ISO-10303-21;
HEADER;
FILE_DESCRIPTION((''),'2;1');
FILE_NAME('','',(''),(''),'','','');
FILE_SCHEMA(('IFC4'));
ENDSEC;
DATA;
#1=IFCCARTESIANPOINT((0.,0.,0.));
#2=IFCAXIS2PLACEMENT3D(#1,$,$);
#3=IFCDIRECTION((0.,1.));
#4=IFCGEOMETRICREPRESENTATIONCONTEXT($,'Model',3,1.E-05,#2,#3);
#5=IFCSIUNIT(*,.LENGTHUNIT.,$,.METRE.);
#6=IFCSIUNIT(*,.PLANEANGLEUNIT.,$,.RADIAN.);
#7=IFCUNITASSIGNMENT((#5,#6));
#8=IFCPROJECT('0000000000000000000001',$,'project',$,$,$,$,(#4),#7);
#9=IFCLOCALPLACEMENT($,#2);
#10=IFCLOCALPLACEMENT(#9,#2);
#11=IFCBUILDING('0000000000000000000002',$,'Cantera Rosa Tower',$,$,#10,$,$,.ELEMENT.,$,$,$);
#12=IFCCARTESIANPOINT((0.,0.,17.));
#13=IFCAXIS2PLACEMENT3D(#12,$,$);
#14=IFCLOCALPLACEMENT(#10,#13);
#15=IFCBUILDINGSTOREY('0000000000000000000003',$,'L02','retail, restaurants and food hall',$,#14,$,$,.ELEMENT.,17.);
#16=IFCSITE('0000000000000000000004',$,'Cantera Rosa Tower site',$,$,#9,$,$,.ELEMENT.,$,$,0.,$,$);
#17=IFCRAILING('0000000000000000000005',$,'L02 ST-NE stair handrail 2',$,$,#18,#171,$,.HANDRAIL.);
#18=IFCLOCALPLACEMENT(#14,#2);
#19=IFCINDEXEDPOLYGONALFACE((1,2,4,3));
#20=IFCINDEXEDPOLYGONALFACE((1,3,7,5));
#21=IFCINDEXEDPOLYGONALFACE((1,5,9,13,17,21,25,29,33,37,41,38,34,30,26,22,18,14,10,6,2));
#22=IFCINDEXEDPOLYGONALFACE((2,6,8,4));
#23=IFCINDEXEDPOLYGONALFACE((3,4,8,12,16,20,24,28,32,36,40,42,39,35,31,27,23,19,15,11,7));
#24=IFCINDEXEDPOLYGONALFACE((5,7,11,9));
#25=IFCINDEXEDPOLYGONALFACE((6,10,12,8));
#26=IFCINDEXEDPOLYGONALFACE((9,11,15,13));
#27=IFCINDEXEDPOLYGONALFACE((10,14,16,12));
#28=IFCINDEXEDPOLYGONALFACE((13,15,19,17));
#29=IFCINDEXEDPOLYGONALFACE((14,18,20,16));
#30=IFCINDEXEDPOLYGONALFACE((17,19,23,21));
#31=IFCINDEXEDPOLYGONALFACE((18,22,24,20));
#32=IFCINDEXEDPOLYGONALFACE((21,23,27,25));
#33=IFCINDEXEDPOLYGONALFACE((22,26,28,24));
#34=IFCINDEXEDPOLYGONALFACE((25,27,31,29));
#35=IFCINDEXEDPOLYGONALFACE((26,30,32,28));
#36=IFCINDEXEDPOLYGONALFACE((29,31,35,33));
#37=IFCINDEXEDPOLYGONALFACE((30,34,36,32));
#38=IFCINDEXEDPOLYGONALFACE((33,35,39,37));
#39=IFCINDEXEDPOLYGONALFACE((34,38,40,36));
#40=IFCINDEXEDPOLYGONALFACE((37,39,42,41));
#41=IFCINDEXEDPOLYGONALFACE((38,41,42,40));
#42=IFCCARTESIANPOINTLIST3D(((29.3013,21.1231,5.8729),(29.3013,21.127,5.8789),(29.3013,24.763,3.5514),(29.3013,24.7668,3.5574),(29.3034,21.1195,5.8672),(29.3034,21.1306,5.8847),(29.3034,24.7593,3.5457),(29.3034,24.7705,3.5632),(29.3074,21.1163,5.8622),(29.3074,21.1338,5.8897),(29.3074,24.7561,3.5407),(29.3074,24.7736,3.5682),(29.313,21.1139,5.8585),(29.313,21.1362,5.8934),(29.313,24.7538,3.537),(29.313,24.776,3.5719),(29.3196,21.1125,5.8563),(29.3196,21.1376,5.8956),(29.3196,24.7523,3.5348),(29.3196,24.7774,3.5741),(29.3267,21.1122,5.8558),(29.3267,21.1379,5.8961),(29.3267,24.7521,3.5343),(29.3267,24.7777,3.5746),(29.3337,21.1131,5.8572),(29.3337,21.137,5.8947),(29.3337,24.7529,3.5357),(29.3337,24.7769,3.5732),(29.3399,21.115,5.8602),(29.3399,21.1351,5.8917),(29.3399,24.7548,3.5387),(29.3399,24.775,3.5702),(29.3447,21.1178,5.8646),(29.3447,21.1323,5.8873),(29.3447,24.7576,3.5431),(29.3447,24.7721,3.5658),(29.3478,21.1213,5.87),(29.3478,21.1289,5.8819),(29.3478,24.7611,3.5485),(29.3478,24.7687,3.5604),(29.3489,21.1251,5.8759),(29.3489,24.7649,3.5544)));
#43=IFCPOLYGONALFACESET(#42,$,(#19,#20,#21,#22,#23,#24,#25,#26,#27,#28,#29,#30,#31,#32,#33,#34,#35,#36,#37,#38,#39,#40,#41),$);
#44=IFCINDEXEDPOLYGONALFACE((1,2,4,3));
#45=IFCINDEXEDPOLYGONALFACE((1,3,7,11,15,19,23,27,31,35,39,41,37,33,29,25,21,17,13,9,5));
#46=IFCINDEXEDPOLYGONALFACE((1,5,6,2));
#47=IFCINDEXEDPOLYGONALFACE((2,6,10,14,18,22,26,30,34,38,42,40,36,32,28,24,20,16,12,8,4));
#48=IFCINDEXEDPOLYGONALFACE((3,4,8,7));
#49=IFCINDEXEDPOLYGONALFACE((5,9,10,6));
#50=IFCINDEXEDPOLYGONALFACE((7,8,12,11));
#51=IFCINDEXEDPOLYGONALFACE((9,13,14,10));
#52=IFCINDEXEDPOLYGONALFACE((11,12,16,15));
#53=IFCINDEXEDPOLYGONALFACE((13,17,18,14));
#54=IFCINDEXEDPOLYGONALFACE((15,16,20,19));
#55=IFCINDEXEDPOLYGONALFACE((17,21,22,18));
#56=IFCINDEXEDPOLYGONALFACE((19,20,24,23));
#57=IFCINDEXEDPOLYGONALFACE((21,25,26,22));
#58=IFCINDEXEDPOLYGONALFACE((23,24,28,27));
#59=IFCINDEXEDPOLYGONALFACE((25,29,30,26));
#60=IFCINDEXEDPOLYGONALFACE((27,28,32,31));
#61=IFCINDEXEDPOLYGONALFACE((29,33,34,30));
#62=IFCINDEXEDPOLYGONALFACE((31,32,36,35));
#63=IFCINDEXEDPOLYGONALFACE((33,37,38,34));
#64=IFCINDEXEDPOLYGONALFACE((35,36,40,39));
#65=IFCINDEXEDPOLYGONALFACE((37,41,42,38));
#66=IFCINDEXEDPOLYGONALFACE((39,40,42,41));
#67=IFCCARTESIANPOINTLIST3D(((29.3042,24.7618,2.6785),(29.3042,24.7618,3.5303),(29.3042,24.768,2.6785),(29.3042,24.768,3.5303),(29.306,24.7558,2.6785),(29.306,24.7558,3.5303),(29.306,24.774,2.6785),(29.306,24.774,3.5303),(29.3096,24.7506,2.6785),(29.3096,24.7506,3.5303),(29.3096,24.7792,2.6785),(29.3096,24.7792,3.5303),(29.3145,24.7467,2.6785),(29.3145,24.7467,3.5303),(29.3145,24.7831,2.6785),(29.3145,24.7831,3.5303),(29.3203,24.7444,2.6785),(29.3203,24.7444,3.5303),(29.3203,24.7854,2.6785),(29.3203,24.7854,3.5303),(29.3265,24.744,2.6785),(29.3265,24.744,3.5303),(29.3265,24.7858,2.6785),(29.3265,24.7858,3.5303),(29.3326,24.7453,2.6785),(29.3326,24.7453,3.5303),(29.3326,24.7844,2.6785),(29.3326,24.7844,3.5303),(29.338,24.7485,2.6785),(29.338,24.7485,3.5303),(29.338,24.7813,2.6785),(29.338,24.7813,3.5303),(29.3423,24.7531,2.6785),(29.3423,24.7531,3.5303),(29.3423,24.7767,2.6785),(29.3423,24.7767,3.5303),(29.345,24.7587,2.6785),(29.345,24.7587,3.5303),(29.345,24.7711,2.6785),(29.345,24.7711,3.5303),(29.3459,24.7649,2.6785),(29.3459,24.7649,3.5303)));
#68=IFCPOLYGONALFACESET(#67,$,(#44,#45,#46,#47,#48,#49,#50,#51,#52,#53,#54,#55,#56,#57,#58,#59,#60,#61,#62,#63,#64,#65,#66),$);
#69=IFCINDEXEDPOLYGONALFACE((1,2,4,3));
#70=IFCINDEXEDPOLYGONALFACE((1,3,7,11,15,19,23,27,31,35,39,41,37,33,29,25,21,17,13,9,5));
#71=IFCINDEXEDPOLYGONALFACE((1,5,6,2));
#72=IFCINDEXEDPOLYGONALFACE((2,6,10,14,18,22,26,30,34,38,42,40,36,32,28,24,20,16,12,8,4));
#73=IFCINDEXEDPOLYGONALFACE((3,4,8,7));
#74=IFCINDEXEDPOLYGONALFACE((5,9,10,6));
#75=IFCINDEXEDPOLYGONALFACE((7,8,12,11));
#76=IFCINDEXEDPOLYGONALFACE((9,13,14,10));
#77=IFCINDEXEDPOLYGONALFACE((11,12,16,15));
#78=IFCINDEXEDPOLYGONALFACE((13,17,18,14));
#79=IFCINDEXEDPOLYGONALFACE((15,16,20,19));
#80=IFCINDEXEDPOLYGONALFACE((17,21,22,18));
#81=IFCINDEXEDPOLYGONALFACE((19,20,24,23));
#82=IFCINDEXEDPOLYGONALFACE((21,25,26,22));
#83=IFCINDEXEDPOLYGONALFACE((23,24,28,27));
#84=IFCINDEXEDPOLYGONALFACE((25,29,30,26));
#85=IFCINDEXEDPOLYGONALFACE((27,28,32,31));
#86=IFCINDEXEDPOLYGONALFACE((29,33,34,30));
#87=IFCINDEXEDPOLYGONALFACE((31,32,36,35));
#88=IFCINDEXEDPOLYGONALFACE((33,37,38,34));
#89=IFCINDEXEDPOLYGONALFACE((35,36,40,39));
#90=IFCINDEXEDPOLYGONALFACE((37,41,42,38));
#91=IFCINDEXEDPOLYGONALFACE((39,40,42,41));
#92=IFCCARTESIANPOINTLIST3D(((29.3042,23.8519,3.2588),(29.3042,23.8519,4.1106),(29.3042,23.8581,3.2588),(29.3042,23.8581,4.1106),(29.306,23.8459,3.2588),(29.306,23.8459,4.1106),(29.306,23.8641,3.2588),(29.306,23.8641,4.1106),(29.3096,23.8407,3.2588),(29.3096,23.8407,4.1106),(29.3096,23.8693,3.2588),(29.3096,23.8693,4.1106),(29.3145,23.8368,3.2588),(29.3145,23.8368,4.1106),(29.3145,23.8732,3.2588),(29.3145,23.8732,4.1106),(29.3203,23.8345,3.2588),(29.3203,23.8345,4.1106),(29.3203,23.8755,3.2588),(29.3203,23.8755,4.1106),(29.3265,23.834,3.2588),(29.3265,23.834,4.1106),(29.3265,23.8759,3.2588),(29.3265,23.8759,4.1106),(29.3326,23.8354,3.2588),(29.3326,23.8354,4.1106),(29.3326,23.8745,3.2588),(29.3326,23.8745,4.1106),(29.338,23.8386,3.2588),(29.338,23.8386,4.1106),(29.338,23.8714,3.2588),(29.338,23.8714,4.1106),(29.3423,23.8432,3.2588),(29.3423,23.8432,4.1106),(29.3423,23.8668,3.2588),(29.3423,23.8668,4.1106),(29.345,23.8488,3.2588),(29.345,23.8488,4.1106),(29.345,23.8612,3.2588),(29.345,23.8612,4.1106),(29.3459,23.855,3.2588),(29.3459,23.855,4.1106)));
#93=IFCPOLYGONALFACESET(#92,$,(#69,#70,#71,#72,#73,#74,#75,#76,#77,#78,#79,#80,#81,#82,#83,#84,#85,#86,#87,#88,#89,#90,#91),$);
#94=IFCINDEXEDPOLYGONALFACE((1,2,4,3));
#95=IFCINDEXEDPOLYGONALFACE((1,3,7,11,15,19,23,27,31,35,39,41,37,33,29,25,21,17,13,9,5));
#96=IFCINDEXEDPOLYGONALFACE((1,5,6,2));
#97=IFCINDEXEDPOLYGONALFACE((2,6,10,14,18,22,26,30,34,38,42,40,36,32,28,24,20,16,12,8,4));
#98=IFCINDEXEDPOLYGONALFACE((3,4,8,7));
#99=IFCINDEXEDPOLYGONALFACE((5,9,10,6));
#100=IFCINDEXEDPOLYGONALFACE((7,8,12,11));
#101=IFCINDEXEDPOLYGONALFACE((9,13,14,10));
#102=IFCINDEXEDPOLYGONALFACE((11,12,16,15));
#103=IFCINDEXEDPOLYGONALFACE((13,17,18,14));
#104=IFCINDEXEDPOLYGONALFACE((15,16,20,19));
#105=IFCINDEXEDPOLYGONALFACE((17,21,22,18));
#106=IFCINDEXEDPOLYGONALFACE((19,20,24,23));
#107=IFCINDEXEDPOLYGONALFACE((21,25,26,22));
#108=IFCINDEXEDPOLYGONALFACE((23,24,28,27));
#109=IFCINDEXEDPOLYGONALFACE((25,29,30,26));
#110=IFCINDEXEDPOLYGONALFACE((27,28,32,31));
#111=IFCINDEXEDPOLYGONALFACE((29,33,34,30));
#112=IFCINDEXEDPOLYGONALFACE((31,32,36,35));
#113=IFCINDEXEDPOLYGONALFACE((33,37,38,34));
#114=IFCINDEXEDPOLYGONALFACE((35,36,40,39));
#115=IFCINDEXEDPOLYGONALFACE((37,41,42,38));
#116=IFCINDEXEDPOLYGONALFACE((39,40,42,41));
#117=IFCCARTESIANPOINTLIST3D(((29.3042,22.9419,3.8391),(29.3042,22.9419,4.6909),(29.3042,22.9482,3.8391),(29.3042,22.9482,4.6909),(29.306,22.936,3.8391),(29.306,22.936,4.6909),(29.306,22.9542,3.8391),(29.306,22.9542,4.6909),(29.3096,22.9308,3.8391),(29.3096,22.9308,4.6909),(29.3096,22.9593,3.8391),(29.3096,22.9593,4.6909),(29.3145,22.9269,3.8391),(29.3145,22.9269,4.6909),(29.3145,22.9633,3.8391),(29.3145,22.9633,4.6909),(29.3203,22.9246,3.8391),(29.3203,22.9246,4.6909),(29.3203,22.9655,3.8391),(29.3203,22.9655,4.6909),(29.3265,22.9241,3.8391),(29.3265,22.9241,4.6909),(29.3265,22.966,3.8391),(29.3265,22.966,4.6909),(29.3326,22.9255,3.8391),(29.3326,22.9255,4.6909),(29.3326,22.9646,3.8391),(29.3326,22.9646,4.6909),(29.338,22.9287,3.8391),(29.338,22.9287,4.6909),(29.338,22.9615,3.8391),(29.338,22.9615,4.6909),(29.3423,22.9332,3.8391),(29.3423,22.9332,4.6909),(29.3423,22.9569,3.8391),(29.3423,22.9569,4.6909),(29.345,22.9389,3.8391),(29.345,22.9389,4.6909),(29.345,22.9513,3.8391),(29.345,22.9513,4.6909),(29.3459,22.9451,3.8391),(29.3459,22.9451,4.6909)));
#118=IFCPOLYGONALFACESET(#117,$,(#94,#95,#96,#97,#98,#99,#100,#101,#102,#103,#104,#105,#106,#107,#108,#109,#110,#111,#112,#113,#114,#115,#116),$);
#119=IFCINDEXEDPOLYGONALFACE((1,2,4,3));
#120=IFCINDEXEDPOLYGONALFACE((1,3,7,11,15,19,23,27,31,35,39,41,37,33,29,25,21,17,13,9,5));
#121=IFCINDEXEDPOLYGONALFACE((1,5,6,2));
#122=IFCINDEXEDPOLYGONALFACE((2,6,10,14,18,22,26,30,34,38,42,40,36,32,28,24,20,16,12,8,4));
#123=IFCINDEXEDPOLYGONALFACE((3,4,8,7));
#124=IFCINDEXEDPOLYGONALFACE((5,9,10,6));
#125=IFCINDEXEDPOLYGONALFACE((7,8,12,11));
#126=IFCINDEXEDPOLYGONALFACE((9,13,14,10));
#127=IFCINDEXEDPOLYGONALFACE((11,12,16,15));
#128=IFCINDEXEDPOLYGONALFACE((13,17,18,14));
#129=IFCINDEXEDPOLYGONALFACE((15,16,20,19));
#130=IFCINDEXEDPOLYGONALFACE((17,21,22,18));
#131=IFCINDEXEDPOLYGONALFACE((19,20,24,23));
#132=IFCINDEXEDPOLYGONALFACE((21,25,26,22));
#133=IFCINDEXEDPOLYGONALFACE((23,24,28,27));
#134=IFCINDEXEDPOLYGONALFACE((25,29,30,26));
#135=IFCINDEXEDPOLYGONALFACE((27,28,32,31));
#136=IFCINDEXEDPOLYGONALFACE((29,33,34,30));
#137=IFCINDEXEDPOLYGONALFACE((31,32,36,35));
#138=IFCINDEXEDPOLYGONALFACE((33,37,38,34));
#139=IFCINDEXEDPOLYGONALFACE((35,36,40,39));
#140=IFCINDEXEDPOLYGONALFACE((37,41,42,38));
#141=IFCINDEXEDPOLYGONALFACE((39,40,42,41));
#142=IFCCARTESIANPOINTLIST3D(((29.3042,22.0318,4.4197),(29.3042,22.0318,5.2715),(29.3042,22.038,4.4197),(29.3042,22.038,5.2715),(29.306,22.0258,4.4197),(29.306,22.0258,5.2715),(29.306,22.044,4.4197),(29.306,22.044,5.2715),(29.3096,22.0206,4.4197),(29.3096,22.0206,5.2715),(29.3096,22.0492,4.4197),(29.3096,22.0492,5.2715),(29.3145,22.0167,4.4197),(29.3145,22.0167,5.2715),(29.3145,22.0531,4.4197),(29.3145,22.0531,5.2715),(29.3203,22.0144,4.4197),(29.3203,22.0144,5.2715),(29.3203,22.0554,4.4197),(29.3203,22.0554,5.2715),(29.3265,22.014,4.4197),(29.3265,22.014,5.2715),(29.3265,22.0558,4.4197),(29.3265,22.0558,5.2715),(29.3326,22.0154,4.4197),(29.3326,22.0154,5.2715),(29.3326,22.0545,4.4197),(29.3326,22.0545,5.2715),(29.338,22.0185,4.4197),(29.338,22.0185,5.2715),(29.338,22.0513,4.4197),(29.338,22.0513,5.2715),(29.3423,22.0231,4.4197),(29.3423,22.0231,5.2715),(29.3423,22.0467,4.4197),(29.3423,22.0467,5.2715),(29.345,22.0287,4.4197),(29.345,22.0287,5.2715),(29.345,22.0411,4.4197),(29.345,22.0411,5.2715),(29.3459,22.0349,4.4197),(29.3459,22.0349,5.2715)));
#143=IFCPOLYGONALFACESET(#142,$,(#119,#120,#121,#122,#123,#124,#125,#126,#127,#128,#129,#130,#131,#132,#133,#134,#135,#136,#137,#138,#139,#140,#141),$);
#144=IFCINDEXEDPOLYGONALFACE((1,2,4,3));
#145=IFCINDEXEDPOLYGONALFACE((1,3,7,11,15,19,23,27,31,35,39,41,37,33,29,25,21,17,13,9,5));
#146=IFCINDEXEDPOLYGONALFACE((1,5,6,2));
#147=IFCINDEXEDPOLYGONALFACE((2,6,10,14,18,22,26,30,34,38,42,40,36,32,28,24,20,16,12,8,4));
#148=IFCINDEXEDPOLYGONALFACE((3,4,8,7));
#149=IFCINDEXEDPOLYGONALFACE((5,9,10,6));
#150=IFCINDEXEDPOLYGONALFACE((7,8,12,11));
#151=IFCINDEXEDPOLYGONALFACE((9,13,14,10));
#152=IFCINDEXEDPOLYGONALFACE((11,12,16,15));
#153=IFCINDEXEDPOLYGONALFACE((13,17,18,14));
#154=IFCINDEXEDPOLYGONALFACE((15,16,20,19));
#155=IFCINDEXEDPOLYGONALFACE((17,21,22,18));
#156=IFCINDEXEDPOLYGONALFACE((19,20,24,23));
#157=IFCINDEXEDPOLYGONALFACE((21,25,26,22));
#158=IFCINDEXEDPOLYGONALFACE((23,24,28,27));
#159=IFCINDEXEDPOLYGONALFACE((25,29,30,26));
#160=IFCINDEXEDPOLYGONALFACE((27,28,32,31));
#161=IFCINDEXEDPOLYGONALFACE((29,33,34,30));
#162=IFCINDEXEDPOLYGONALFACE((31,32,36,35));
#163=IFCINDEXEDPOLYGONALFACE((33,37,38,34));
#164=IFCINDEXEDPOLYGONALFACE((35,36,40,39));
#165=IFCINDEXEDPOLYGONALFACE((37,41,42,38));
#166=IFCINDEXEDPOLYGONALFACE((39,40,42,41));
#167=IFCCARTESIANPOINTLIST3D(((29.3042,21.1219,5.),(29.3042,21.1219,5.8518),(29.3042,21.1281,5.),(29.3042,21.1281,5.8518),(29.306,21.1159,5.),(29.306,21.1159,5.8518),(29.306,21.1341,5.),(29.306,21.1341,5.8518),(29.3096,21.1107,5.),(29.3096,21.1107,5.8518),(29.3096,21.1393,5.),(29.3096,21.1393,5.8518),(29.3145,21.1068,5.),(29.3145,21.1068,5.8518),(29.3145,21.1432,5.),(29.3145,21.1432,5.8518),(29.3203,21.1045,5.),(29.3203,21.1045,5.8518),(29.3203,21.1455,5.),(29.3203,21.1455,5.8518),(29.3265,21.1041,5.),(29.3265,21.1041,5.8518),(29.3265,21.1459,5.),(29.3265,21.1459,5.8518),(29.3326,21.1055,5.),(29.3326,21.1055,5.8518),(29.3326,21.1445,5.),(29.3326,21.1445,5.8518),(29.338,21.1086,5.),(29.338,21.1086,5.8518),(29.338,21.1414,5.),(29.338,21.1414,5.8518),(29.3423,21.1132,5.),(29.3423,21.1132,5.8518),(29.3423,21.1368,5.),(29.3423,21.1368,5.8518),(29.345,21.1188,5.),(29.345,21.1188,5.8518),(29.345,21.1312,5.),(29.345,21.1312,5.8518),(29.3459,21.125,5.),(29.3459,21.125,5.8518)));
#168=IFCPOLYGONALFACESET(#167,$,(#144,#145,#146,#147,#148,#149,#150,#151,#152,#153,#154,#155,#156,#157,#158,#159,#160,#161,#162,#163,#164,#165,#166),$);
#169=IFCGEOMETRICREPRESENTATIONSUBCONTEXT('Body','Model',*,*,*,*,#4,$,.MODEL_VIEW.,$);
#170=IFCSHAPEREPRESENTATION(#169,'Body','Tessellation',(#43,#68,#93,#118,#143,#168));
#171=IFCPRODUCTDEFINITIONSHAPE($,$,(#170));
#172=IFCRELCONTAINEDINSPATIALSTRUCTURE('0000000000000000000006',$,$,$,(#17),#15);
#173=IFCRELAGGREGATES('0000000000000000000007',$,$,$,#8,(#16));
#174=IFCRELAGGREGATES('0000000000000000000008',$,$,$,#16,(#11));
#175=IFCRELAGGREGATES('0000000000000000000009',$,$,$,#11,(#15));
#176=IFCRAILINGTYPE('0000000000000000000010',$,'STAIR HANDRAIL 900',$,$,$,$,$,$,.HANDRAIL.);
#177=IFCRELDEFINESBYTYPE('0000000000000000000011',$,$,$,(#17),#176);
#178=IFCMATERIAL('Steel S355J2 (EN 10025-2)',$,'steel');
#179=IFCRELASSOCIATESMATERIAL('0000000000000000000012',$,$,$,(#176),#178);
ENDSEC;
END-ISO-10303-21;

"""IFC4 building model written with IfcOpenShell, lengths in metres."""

from ifc_helpers import new_model, si_unit, direction, frame, origin, origin_2d, place, context, subcontext, project, spatial, circle, extrude, material, type_object, element, save


model = new_model("IFC4")

# Units and contexts
model_context = context("Model", 3, precision=1e-05, world=origin(), true_north=direction((0.0, 1.0)))
body_context = subcontext(model_context, "Body", "Model", "MODEL_VIEW")
ifc_project = project(units=[si_unit("LENGTHUNIT", "METRE"), si_unit("PLANEANGLEUNIT", "RADIAN")], contexts=[model_context])

# Site, building, storey
site_placement = place(None, origin())
site = spatial("IfcSite", under=ifc_project, at=site_placement, Name="Cantera Rosa Tower site", CompositionType="ELEMENT", RefElevation=0.0)
building_placement = place(site_placement, origin())
building = spatial("IfcBuilding", under=site, at=building_placement, Name="Cantera Rosa Tower", CompositionType="ELEMENT")
storey_placement = place(building_placement, frame((0.0, 0.0, 17.0)))
storey = spatial("IfcBuildingStorey", under=building, at=storey_placement, Name="L02", Description="retail, restaurants and food hall", CompositionType="ELEMENT", Elevation=17.0)

# Railing
ifc_material_1 = material(Name="Steel S355J2 (EN 10025-2)", Category="steel")
railing_type_1 = type_object("IfcRailingType", Name="STAIR HANDRAIL 900", PredefinedType="HANDRAIL", material=ifc_material_1)
railing_1_placement = place(storey_placement, frame((29.325, 24.7649, 2.6785)))
element("IfcRailing", 1, at=railing_1_placement, inside=storey, type_object=railing_type_1, Name="L02 ST-NE stair handrail 2", PredefinedType="HANDRAIL", context=body_context, shape_type="SweptSolid", body=[
    extrude(circle(Radius=0.0239, at=origin_2d()), frame((0.0, 0.0, 0.876), z_axis=(0.0, -0.843112, 0.537739), x_axis=(1.0, 0.0, 0.0)), (0.0, 0.0, 1.0), 4.3171),
    extrude(circle(Radius=0.021, at=origin_2d()), origin(), (0.0, 0.0, 1.0), 0.8518),
    extrude(circle(Radius=0.021, at=origin_2d()), frame((0.0, -0.9099, 0.5803)), (0.0, 0.0, 1.0), 0.8518),
    extrude(circle(Radius=0.021, at=origin_2d()), frame((0.0, -1.8198, 1.1606)), (0.0, 0.0, 1.0), 0.8518),
    extrude(circle(Radius=0.021, at=origin_2d()), frame((0.0, -2.73, 1.7412)), (0.0, 0.0, 1.0), 0.8518),
    extrude(circle(Radius=0.021, at=origin_2d()), frame((0.0, -3.6399, 2.3215)), (0.0, 0.0, 1.0), 0.8518),
])

save(model, "model.ifc")
